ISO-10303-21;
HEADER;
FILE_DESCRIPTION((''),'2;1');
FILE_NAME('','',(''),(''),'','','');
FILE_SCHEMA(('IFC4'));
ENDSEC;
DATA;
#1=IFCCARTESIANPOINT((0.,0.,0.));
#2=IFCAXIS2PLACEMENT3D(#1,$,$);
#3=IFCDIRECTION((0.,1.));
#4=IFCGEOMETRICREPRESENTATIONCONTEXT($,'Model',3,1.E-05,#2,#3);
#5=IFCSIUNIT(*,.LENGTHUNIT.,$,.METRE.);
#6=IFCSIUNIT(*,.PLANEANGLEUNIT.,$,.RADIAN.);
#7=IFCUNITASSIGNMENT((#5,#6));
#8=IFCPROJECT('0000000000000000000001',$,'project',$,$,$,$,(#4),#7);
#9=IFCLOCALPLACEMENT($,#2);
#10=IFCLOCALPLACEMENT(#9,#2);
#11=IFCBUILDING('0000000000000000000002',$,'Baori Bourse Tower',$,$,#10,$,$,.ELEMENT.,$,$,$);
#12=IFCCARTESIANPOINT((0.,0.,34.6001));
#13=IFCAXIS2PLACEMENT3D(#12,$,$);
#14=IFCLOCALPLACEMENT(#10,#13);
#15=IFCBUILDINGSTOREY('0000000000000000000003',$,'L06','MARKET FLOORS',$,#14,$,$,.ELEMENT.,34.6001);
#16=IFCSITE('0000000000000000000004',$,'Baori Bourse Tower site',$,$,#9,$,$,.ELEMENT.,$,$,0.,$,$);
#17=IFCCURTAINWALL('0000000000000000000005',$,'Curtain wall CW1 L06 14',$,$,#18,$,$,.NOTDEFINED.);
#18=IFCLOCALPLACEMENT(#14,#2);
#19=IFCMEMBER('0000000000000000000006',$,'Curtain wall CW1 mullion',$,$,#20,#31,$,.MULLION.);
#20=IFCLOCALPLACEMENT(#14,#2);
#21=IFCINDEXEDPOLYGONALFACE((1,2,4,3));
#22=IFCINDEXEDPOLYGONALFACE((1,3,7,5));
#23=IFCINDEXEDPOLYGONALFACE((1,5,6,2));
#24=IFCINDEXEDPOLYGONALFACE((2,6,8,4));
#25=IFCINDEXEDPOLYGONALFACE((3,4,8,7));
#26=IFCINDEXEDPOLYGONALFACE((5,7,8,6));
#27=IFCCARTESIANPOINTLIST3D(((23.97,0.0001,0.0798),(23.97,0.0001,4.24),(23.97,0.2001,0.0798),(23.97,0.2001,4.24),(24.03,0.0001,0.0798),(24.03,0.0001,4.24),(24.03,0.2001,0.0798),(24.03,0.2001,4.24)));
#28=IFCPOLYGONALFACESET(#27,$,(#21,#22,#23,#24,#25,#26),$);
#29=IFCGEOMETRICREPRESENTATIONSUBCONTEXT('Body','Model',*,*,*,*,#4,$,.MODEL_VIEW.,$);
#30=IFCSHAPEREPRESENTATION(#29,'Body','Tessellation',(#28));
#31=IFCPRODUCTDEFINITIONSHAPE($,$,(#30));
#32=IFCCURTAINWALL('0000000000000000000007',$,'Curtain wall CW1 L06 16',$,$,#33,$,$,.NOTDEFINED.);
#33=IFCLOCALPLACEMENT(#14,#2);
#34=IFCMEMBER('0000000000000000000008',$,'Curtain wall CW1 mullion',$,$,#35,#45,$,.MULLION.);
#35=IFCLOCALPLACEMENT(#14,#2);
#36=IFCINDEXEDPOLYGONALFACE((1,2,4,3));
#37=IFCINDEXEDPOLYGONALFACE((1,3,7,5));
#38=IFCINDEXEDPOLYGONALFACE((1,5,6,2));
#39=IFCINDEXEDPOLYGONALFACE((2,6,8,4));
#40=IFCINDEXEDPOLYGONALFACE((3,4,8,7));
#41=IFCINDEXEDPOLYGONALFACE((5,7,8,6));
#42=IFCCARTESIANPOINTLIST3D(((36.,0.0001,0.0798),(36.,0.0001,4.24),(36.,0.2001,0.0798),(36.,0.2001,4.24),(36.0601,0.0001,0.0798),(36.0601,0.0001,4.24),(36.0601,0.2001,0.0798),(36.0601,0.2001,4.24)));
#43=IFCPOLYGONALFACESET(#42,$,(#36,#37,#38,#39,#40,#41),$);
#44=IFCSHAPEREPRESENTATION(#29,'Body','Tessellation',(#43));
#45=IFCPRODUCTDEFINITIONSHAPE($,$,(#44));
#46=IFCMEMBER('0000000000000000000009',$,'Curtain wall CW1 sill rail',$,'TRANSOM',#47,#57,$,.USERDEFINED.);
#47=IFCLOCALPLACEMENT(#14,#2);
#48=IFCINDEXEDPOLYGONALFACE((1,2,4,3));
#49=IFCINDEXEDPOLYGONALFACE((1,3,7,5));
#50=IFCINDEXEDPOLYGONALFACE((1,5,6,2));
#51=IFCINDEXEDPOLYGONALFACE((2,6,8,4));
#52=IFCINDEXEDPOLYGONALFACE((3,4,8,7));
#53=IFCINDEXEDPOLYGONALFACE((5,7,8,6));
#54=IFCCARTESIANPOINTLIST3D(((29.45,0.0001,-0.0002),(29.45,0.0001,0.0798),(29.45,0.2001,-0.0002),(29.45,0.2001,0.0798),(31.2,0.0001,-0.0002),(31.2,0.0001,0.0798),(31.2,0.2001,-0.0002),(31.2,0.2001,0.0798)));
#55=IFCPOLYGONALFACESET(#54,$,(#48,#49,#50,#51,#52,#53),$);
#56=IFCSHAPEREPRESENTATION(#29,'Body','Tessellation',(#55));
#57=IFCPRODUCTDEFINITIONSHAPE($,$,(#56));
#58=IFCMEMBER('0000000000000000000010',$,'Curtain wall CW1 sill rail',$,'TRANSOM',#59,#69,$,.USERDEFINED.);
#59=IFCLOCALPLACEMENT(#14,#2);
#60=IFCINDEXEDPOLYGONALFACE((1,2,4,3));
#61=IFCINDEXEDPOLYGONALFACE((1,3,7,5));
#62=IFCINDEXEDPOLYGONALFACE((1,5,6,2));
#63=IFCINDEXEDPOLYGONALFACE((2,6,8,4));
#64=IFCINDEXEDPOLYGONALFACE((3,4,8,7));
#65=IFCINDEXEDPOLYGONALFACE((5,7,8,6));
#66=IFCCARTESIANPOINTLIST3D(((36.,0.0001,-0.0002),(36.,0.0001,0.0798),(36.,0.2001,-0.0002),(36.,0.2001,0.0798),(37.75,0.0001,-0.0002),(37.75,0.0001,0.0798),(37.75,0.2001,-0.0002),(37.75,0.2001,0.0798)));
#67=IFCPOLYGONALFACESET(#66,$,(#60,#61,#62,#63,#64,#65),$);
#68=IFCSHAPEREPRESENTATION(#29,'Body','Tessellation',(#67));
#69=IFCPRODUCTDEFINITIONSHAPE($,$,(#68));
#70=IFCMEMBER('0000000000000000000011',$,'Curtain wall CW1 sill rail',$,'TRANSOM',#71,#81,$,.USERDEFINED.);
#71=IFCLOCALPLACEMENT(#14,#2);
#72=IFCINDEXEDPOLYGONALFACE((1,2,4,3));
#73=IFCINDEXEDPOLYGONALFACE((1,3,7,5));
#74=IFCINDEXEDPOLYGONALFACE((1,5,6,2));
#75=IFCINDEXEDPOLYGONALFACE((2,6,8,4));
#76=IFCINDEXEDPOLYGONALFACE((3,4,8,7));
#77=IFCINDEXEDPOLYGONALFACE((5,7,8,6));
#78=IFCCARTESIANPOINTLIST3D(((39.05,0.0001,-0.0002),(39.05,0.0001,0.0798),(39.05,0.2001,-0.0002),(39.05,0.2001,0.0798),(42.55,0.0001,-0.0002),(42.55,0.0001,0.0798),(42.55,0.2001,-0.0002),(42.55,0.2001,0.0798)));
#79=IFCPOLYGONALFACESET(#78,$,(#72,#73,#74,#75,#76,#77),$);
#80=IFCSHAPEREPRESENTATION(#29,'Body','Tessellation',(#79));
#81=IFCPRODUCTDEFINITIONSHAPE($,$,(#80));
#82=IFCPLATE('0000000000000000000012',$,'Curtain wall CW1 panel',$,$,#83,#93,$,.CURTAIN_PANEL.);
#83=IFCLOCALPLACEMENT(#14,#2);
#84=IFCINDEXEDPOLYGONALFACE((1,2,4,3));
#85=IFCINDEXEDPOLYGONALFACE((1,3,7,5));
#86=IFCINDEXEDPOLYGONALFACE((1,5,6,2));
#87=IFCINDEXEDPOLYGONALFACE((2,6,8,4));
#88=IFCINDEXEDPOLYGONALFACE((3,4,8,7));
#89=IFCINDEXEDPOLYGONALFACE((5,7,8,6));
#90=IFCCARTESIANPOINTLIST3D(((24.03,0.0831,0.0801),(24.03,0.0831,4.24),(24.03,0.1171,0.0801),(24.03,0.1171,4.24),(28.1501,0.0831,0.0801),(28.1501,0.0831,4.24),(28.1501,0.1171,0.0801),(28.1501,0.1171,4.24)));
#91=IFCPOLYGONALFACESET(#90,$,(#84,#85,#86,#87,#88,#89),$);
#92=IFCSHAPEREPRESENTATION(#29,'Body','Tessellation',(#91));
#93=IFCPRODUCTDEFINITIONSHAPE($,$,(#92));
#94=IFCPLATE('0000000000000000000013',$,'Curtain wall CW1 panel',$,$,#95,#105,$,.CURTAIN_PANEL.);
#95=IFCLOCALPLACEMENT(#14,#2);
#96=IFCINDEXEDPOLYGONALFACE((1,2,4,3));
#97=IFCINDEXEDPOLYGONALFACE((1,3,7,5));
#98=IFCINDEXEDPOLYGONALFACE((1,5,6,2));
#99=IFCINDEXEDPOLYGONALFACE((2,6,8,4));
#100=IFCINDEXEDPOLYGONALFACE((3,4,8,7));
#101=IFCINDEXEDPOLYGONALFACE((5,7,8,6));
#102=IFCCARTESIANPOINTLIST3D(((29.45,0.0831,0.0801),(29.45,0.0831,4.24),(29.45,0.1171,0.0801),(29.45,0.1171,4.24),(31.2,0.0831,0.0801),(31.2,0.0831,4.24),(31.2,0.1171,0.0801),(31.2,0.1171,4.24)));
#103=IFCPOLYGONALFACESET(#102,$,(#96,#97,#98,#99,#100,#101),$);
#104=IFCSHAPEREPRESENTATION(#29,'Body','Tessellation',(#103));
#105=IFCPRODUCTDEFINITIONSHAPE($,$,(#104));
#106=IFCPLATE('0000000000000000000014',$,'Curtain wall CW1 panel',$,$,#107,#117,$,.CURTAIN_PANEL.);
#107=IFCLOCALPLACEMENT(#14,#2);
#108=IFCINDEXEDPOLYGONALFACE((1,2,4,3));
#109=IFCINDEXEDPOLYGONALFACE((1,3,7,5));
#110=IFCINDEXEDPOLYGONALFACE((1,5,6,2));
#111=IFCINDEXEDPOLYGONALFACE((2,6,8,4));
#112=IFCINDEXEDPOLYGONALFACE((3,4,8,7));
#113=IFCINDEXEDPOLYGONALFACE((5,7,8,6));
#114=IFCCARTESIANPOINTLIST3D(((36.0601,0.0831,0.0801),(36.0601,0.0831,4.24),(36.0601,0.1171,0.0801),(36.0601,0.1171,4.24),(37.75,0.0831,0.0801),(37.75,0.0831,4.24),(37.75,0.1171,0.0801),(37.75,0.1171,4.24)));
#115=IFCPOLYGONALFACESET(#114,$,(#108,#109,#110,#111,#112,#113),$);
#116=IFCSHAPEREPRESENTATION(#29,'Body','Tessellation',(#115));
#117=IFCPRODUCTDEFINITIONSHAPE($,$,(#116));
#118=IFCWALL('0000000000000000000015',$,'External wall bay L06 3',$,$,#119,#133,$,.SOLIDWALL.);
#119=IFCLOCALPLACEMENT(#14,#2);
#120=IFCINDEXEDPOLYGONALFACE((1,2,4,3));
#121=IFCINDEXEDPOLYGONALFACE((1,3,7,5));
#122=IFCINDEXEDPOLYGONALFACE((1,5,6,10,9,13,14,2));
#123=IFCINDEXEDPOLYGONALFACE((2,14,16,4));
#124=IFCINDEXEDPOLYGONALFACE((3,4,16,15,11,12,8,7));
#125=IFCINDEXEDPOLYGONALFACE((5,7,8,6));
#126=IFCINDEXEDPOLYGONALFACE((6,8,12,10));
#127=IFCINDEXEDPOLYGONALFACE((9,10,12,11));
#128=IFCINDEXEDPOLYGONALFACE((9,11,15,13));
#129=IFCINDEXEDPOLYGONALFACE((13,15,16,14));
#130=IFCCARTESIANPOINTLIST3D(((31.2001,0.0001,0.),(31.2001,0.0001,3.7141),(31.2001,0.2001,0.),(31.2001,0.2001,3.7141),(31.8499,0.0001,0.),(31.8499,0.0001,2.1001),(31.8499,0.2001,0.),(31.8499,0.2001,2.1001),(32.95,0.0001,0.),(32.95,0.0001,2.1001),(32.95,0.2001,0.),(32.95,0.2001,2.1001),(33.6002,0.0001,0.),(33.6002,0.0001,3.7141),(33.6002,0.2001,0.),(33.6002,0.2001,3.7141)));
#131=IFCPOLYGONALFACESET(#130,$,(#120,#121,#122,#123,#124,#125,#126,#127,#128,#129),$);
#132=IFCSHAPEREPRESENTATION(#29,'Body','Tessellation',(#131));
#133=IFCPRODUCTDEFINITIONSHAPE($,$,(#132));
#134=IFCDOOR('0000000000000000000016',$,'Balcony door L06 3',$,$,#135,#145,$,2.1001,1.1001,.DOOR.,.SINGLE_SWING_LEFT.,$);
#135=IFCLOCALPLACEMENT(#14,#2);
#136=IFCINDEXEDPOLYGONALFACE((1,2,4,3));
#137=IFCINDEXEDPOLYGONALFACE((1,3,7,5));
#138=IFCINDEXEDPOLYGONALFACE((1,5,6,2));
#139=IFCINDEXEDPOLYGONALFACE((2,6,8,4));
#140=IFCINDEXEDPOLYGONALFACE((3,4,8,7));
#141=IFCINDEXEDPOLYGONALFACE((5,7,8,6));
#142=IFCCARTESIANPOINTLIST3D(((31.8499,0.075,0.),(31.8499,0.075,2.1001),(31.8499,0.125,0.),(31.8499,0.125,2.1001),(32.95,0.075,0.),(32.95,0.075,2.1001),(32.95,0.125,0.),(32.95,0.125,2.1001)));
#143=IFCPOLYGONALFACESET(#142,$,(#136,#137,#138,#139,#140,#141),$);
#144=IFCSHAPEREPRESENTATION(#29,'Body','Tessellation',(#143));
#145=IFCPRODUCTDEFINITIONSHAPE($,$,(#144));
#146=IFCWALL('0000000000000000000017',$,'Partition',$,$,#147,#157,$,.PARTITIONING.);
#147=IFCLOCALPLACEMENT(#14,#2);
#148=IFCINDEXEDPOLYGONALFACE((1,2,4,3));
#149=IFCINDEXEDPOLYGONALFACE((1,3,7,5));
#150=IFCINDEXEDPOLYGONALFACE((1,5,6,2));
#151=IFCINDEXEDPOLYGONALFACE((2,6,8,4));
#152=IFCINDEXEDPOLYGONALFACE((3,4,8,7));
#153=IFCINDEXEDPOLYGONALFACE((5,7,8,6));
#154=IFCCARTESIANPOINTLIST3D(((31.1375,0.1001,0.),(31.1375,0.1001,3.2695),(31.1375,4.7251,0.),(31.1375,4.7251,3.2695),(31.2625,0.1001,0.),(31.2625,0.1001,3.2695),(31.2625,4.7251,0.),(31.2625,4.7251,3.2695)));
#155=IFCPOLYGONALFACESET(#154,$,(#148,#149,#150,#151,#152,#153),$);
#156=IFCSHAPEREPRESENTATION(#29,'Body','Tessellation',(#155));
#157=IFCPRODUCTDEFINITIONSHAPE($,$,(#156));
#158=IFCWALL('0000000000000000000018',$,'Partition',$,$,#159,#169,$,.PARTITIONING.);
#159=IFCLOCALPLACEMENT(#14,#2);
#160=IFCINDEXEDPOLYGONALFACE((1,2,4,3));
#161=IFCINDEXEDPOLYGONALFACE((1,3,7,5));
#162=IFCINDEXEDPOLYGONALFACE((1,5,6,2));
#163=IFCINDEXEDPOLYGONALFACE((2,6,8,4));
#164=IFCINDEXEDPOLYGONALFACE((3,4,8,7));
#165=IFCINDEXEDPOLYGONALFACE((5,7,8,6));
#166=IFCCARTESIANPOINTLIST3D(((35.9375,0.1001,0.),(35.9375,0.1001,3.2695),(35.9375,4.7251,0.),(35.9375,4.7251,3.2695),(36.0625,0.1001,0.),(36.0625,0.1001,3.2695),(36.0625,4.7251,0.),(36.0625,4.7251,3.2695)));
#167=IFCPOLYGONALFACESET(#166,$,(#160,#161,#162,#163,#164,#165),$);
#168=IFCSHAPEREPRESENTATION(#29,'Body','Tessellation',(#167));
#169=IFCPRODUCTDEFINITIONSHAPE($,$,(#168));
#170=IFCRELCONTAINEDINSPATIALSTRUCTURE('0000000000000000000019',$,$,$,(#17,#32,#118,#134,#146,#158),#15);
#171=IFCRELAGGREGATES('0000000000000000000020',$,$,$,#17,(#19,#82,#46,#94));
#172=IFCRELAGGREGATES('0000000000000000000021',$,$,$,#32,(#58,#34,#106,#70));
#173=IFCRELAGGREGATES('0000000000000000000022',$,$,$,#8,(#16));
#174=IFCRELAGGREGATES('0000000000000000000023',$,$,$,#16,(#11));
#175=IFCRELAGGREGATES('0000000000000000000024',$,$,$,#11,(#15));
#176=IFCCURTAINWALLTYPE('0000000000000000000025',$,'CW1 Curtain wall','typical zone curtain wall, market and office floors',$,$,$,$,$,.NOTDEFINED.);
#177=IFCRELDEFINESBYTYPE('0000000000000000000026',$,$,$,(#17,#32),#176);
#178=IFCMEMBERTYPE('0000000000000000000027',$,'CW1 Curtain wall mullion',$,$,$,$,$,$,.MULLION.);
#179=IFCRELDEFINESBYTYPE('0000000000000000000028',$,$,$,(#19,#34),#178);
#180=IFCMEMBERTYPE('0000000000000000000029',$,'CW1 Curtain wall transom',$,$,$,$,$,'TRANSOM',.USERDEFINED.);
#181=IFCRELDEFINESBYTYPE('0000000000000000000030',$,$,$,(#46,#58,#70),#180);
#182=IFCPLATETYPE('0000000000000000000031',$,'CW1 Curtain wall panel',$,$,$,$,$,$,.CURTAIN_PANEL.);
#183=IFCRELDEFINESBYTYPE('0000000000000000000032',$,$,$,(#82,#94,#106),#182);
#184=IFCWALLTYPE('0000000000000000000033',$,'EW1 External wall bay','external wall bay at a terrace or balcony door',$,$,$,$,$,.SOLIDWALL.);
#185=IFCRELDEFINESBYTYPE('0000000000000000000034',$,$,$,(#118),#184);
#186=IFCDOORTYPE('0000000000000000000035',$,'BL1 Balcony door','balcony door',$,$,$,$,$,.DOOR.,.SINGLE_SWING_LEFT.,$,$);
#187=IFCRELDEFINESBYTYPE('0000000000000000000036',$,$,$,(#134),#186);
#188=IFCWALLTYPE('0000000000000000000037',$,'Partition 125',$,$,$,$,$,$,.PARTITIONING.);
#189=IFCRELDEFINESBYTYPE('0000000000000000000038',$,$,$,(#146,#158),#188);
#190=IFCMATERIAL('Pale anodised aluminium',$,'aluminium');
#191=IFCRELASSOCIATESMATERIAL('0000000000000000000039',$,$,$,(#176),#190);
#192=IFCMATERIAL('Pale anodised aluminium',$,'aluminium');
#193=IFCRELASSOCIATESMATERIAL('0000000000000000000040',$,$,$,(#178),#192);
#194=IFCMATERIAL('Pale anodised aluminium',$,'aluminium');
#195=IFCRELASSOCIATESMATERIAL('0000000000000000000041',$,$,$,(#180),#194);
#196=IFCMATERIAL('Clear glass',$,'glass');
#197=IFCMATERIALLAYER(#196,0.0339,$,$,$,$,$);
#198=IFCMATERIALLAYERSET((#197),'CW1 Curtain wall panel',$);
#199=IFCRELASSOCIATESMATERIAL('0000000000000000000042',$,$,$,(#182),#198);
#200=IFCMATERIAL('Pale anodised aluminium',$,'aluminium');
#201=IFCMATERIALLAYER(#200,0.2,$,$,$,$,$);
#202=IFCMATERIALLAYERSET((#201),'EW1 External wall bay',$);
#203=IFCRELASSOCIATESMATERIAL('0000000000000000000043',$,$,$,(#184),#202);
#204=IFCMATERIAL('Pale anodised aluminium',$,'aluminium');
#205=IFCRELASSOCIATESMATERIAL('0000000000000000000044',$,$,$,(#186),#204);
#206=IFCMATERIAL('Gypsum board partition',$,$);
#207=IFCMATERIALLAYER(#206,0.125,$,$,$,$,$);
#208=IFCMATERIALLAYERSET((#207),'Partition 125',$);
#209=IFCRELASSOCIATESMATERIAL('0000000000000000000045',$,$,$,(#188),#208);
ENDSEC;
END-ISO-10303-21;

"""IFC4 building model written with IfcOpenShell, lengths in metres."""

from ifc_helpers import new_model, si_unit, direction, frame, frame_2d, origin, origin_2d, place, context, subcontext, project, spatial, rectangle, extrude, material, layer, layer_set, material_profile, profile_set, type_object, element, fill, aggregate, save


model = new_model("IFC4")

# Units and contexts
model_context = context("Model", 3, precision=1e-05, world=origin(), true_north=direction((0.0, 1.0)))
body_context = subcontext(model_context, "Body", "Model", "MODEL_VIEW")
ifc_project = project(units=[si_unit("LENGTHUNIT", "METRE"), si_unit("PLANEANGLEUNIT", "RADIAN")], contexts=[model_context])

# Site, building, storey
site_placement = place(None, origin())
site = spatial("IfcSite", under=ifc_project, at=site_placement, Name="Baori Bourse Tower site", CompositionType="ELEMENT", RefElevation=0.0)
building_placement = place(site_placement, origin())
building = spatial("IfcBuilding", under=site, at=building_placement, Name="Baori Bourse Tower", CompositionType="ELEMENT")
storey_placement = place(building_placement, frame((0.0, 0.0, 34.6001)))
storey = spatial("IfcBuildingStorey", under=building, at=storey_placement, Name="L06", Description="MARKET FLOORS", CompositionType="ELEMENT", Elevation=34.6001)

# Curtain walls, members
ifc_material_1 = material(Name="Pale anodised aluminium", Category="aluminium")
curtain_wall_type = type_object("IfcCurtainWallType", Name="CW1 Curtain wall", Description="typical zone curtain wall, market and office floors", PredefinedType="NOTDEFINED", material=ifc_material_1)
curtain_wall_1_placement = place(storey_placement, origin())
curtain_wall_1 = element("IfcCurtainWall", 1, at=curtain_wall_1_placement, inside=storey, type_object=curtain_wall_type, Name="Curtain wall CW1 L06 14", PredefinedType="NOTDEFINED")
ifc_material_2 = material(Name="Pale anodised aluminium", Category="aluminium")
ifc_material_profile_1 = material_profile(ifc_material_2, rectangle(XDim=0.2, YDim=0.0601, at=origin_2d()), Name="Mullion 60x200")
ifc_profile_set_1 = profile_set([ifc_material_profile_1], Name="Pale anodised aluminium")
member_type_1 = type_object("IfcMemberType", Name="CW1 Curtain wall mullion", PredefinedType="MULLION", material=ifc_profile_set_1)
member_1_placement = place(storey_placement, frame((24.0, 0.1001, 0.0798), z_axis=(0.0, 0.0, 1.0), x_axis=(0.0, 1.0, 0.0)))
member_1 = element("IfcMember", 2, at=member_1_placement, type_object=member_type_1, Name="Curtain wall CW1 mullion", PredefinedType="MULLION", context=body_context, shape_type="SweptSolid", body=[
    extrude(rectangle(XDim=0.2, YDim=0.0601, at=origin_2d()), origin(), (0.0, 0.0, 1.0), 4.1602),
])
curtain_wall_2_placement = place(storey_placement, origin())
curtain_wall_2 = element("IfcCurtainWall", 3, at=curtain_wall_2_placement, inside=storey, type_object=curtain_wall_type, Name="Curtain wall CW1 L06 16", PredefinedType="NOTDEFINED")
member_2_placement = place(storey_placement, frame((36.03, 0.1001, 0.0798), z_axis=(0.0, 0.0, 1.0), x_axis=(0.0, 1.0, 0.0)))
member_2 = element("IfcMember", 4, at=member_2_placement, type_object=member_type_1, Name="Curtain wall CW1 mullion", PredefinedType="MULLION", context=body_context, shape_type="SweptSolid", body=[
    extrude(rectangle(XDim=0.2, YDim=0.0601, at=origin_2d()), origin(), (0.0, 0.0, 1.0), 4.1602),
])

# Members
ifc_material_3 = material(Name="Pale anodised aluminium", Category="aluminium")
ifc_material_profile_2 = material_profile(ifc_material_3, rectangle(XDim=0.2, YDim=0.0801, at=origin_2d()), Name="Transom 80x200")
ifc_profile_set_2 = profile_set([ifc_material_profile_2], Name="Pale anodised aluminium")
member_type_2 = type_object("IfcMemberType", Name="CW1 Curtain wall transom", ElementType="TRANSOM", PredefinedType="USERDEFINED", material=ifc_profile_set_2)
member_3_placement = place(storey_placement, frame((29.45, 0.1001, 0.0398), z_axis=(1.0, 0.0, 0.0), x_axis=(0.0, 1.0, 0.0)))
member_3 = element("IfcMember", 5, at=member_3_placement, type_object=member_type_2, Name="Curtain wall CW1 sill rail", ObjectType="TRANSOM", PredefinedType="USERDEFINED", context=body_context, shape_type="SweptSolid", body=[
    extrude(rectangle(XDim=0.2, YDim=0.0801, at=origin_2d()), origin(), (0.0, 0.0, 1.0), 1.75),
])
member_4_placement = place(storey_placement, frame((36.0, 0.1001, 0.0398), z_axis=(1.0, 0.0, 0.0), x_axis=(0.0, 1.0, 0.0)))
member_4 = element("IfcMember", 6, at=member_4_placement, type_object=member_type_2, Name="Curtain wall CW1 sill rail", ObjectType="TRANSOM", PredefinedType="USERDEFINED", context=body_context, shape_type="SweptSolid", body=[
    extrude(rectangle(XDim=0.2, YDim=0.0801, at=origin_2d()), origin(), (0.0, 0.0, 1.0), 1.75),
])
member_5_placement = place(storey_placement, frame((39.05, 0.1001, 0.0398), z_axis=(1.0, 0.0, 0.0), x_axis=(0.0, 1.0, 0.0)))
member_5 = element("IfcMember", 7, at=member_5_placement, type_object=member_type_2, Name="Curtain wall CW1 sill rail", ObjectType="TRANSOM", PredefinedType="USERDEFINED", context=body_context, shape_type="SweptSolid", body=[
    extrude(rectangle(XDim=0.2, YDim=0.0801, at=origin_2d()), origin(), (0.0, 0.0, 1.0), 3.5),
])

# Plates
ifc_material_4 = material(Name="Clear glass", Category="glass")
ifc_layer_1 = layer(ifc_material_4, 0.0339)
ifc_layer_set_1 = layer_set([ifc_layer_1], Name="CW1 Curtain wall panel")
plate_type = type_object("IfcPlateType", Name="CW1 Curtain wall panel", PredefinedType="CURTAIN_PANEL", material=ifc_layer_set_1)
plate_1_placement = place(storey_placement, frame((26.0901, 0.1001, 0.0801), z_axis=(0.0, 0.0, 1.0), x_axis=(1.0, 0.0, 0.0)))
plate_1 = element("IfcPlate", 8, at=plate_1_placement, type_object=plate_type, Name="Curtain wall CW1 panel", PredefinedType="CURTAIN_PANEL", context=body_context, shape_type="SweptSolid", body=[
    extrude(rectangle(XDim=4.1201, YDim=0.0339, at=origin_2d()), origin(), (0.0, 0.0, 1.0), 4.1599),
])
plate_2_placement = place(storey_placement, frame((30.325, 0.1001, 0.0801), z_axis=(0.0, 0.0, 1.0), x_axis=(1.0, 0.0, 0.0)))
plate_2 = element("IfcPlate", 9, at=plate_2_placement, type_object=plate_type, Name="Curtain wall CW1 panel", PredefinedType="CURTAIN_PANEL", context=body_context, shape_type="SweptSolid", body=[
    extrude(rectangle(XDim=1.75, YDim=0.0339, at=origin_2d()), origin(), (0.0, 0.0, 1.0), 4.1599),
])
aggregate(curtain_wall_1, [member_1, plate_1, member_3, plate_2])
plate_3_placement = place(storey_placement, frame((36.905, 0.1001, 0.0801), z_axis=(0.0, 0.0, 1.0), x_axis=(1.0, 0.0, 0.0)))
plate_3 = element("IfcPlate", 10, at=plate_3_placement, type_object=plate_type, Name="Curtain wall CW1 panel", PredefinedType="CURTAIN_PANEL", context=body_context, shape_type="SweptSolid", body=[
    extrude(rectangle(XDim=1.6899, YDim=0.0339, at=origin_2d()), origin(), (0.0, 0.0, 1.0), 4.1599),
])
aggregate(curtain_wall_2, [member_4, member_2, plate_3, member_5])

# Wall, opening, door
ifc_material_5 = material(Name="Pale anodised aluminium", Category="aluminium")
ifc_layer_2 = layer(ifc_material_5, 0.2)
ifc_layer_set_2 = layer_set([ifc_layer_2], Name="EW1 External wall bay")
wall_type_1 = type_object("IfcWallType", Name="EW1 External wall bay", Description="external wall bay at a terrace or balcony door", PredefinedType="SOLIDWALL", material=ifc_layer_set_2)
wall_placement = place(storey_placement, frame((31.2, 0.1001, 0.0), z_axis=(0.0, 0.0, 1.0), x_axis=(1.0, 0.0, 0.0)))
wall = element("IfcWall", 11, at=wall_placement, inside=storey, type_object=wall_type_1, Name="External wall bay L06 3", PredefinedType="SOLIDWALL", context=body_context, shape_type="SweptSolid", body=[
    extrude(rectangle(XDim=2.4001, YDim=0.2, at=frame_2d((1.2002, 0.0))), origin(), (0.0, 0.0, 1.0), 3.7141),
])
opening_placement = place(wall_placement, frame((0.6499, 0.0, 0.0)))
opening = element("IfcOpeningElement", 12, at=opening_placement, cuts=wall, PredefinedType="OPENING", context=body_context, shape_type="SweptSolid", body=[
    extrude(rectangle(XDim=1.1001, YDim=2.1001, at=frame_2d((0.55, 1.05))), frame((0.0, 0.1099, 0.0), z_axis=(0.0, -1.0, 0.0), x_axis=(1.0, 0.0, 0.0)), (0.0, 0.0, 1.0), 0.22),
])
ifc_material_6 = material(Name="Pale anodised aluminium", Category="aluminium")
door_type = type_object("IfcDoorType", Name="BL1 Balcony door", Description="balcony door", OperationType="SINGLE_SWING_LEFT", PredefinedType="DOOR", material=ifc_material_6)
door_placement = place(opening_placement, origin())
door = element("IfcDoor", 13, at=door_placement, inside=storey, type_object=door_type, Name="Balcony door L06 3", OperationType="SINGLE_SWING_LEFT", OverallHeight=2.1001, OverallWidth=1.1001, PredefinedType="DOOR", context=body_context, shape_type="SweptSolid", body=[
    extrude(rectangle(XDim=1.1001, YDim=2.1001, at=frame_2d((0.55, 1.05))), frame((0.0, 0.0249, 0.0), z_axis=(0.0, -1.0, 0.0), x_axis=(1.0, 0.0, 0.0)), (0.0, 0.0, 1.0), 0.05),
])
fill(opening, door)

# Walls
ifc_material_7 = material(Name="Gypsum board partition")
ifc_layer_3 = layer(ifc_material_7, 0.125)
ifc_layer_set_3 = layer_set([ifc_layer_3], Name="Partition 125")
wall_type_2 = type_object("IfcWallType", Name="Partition 125", PredefinedType="PARTITIONING", material=ifc_layer_set_3)
for number, where, z_axis, x_axis, name in (
    (14, (31.2, 0.1001, 0.0), (0.0, 0.0, 1.0), (0.0, 1.0, 0.0), "Partition"),
    (15, (36.0, 0.1001, 0.0), (0.0, 0.0, 1.0), (0.0, 1.0, 0.0), "Partition"),
):
    element("IfcWall", number, at=place(storey_placement, frame(where, z_axis=z_axis, x_axis=x_axis)), inside=storey, type_object=wall_type_2, Name=name, PredefinedType="PARTITIONING", context=body_context, shape_type="SweptSolid", body=[
        extrude(rectangle(XDim=4.625, YDim=0.125, at=frame_2d((2.3125, 0.0))), origin(), (0.0, 0.0, 1.0), 3.2695),
    ])

save(model, "model.ifc")
